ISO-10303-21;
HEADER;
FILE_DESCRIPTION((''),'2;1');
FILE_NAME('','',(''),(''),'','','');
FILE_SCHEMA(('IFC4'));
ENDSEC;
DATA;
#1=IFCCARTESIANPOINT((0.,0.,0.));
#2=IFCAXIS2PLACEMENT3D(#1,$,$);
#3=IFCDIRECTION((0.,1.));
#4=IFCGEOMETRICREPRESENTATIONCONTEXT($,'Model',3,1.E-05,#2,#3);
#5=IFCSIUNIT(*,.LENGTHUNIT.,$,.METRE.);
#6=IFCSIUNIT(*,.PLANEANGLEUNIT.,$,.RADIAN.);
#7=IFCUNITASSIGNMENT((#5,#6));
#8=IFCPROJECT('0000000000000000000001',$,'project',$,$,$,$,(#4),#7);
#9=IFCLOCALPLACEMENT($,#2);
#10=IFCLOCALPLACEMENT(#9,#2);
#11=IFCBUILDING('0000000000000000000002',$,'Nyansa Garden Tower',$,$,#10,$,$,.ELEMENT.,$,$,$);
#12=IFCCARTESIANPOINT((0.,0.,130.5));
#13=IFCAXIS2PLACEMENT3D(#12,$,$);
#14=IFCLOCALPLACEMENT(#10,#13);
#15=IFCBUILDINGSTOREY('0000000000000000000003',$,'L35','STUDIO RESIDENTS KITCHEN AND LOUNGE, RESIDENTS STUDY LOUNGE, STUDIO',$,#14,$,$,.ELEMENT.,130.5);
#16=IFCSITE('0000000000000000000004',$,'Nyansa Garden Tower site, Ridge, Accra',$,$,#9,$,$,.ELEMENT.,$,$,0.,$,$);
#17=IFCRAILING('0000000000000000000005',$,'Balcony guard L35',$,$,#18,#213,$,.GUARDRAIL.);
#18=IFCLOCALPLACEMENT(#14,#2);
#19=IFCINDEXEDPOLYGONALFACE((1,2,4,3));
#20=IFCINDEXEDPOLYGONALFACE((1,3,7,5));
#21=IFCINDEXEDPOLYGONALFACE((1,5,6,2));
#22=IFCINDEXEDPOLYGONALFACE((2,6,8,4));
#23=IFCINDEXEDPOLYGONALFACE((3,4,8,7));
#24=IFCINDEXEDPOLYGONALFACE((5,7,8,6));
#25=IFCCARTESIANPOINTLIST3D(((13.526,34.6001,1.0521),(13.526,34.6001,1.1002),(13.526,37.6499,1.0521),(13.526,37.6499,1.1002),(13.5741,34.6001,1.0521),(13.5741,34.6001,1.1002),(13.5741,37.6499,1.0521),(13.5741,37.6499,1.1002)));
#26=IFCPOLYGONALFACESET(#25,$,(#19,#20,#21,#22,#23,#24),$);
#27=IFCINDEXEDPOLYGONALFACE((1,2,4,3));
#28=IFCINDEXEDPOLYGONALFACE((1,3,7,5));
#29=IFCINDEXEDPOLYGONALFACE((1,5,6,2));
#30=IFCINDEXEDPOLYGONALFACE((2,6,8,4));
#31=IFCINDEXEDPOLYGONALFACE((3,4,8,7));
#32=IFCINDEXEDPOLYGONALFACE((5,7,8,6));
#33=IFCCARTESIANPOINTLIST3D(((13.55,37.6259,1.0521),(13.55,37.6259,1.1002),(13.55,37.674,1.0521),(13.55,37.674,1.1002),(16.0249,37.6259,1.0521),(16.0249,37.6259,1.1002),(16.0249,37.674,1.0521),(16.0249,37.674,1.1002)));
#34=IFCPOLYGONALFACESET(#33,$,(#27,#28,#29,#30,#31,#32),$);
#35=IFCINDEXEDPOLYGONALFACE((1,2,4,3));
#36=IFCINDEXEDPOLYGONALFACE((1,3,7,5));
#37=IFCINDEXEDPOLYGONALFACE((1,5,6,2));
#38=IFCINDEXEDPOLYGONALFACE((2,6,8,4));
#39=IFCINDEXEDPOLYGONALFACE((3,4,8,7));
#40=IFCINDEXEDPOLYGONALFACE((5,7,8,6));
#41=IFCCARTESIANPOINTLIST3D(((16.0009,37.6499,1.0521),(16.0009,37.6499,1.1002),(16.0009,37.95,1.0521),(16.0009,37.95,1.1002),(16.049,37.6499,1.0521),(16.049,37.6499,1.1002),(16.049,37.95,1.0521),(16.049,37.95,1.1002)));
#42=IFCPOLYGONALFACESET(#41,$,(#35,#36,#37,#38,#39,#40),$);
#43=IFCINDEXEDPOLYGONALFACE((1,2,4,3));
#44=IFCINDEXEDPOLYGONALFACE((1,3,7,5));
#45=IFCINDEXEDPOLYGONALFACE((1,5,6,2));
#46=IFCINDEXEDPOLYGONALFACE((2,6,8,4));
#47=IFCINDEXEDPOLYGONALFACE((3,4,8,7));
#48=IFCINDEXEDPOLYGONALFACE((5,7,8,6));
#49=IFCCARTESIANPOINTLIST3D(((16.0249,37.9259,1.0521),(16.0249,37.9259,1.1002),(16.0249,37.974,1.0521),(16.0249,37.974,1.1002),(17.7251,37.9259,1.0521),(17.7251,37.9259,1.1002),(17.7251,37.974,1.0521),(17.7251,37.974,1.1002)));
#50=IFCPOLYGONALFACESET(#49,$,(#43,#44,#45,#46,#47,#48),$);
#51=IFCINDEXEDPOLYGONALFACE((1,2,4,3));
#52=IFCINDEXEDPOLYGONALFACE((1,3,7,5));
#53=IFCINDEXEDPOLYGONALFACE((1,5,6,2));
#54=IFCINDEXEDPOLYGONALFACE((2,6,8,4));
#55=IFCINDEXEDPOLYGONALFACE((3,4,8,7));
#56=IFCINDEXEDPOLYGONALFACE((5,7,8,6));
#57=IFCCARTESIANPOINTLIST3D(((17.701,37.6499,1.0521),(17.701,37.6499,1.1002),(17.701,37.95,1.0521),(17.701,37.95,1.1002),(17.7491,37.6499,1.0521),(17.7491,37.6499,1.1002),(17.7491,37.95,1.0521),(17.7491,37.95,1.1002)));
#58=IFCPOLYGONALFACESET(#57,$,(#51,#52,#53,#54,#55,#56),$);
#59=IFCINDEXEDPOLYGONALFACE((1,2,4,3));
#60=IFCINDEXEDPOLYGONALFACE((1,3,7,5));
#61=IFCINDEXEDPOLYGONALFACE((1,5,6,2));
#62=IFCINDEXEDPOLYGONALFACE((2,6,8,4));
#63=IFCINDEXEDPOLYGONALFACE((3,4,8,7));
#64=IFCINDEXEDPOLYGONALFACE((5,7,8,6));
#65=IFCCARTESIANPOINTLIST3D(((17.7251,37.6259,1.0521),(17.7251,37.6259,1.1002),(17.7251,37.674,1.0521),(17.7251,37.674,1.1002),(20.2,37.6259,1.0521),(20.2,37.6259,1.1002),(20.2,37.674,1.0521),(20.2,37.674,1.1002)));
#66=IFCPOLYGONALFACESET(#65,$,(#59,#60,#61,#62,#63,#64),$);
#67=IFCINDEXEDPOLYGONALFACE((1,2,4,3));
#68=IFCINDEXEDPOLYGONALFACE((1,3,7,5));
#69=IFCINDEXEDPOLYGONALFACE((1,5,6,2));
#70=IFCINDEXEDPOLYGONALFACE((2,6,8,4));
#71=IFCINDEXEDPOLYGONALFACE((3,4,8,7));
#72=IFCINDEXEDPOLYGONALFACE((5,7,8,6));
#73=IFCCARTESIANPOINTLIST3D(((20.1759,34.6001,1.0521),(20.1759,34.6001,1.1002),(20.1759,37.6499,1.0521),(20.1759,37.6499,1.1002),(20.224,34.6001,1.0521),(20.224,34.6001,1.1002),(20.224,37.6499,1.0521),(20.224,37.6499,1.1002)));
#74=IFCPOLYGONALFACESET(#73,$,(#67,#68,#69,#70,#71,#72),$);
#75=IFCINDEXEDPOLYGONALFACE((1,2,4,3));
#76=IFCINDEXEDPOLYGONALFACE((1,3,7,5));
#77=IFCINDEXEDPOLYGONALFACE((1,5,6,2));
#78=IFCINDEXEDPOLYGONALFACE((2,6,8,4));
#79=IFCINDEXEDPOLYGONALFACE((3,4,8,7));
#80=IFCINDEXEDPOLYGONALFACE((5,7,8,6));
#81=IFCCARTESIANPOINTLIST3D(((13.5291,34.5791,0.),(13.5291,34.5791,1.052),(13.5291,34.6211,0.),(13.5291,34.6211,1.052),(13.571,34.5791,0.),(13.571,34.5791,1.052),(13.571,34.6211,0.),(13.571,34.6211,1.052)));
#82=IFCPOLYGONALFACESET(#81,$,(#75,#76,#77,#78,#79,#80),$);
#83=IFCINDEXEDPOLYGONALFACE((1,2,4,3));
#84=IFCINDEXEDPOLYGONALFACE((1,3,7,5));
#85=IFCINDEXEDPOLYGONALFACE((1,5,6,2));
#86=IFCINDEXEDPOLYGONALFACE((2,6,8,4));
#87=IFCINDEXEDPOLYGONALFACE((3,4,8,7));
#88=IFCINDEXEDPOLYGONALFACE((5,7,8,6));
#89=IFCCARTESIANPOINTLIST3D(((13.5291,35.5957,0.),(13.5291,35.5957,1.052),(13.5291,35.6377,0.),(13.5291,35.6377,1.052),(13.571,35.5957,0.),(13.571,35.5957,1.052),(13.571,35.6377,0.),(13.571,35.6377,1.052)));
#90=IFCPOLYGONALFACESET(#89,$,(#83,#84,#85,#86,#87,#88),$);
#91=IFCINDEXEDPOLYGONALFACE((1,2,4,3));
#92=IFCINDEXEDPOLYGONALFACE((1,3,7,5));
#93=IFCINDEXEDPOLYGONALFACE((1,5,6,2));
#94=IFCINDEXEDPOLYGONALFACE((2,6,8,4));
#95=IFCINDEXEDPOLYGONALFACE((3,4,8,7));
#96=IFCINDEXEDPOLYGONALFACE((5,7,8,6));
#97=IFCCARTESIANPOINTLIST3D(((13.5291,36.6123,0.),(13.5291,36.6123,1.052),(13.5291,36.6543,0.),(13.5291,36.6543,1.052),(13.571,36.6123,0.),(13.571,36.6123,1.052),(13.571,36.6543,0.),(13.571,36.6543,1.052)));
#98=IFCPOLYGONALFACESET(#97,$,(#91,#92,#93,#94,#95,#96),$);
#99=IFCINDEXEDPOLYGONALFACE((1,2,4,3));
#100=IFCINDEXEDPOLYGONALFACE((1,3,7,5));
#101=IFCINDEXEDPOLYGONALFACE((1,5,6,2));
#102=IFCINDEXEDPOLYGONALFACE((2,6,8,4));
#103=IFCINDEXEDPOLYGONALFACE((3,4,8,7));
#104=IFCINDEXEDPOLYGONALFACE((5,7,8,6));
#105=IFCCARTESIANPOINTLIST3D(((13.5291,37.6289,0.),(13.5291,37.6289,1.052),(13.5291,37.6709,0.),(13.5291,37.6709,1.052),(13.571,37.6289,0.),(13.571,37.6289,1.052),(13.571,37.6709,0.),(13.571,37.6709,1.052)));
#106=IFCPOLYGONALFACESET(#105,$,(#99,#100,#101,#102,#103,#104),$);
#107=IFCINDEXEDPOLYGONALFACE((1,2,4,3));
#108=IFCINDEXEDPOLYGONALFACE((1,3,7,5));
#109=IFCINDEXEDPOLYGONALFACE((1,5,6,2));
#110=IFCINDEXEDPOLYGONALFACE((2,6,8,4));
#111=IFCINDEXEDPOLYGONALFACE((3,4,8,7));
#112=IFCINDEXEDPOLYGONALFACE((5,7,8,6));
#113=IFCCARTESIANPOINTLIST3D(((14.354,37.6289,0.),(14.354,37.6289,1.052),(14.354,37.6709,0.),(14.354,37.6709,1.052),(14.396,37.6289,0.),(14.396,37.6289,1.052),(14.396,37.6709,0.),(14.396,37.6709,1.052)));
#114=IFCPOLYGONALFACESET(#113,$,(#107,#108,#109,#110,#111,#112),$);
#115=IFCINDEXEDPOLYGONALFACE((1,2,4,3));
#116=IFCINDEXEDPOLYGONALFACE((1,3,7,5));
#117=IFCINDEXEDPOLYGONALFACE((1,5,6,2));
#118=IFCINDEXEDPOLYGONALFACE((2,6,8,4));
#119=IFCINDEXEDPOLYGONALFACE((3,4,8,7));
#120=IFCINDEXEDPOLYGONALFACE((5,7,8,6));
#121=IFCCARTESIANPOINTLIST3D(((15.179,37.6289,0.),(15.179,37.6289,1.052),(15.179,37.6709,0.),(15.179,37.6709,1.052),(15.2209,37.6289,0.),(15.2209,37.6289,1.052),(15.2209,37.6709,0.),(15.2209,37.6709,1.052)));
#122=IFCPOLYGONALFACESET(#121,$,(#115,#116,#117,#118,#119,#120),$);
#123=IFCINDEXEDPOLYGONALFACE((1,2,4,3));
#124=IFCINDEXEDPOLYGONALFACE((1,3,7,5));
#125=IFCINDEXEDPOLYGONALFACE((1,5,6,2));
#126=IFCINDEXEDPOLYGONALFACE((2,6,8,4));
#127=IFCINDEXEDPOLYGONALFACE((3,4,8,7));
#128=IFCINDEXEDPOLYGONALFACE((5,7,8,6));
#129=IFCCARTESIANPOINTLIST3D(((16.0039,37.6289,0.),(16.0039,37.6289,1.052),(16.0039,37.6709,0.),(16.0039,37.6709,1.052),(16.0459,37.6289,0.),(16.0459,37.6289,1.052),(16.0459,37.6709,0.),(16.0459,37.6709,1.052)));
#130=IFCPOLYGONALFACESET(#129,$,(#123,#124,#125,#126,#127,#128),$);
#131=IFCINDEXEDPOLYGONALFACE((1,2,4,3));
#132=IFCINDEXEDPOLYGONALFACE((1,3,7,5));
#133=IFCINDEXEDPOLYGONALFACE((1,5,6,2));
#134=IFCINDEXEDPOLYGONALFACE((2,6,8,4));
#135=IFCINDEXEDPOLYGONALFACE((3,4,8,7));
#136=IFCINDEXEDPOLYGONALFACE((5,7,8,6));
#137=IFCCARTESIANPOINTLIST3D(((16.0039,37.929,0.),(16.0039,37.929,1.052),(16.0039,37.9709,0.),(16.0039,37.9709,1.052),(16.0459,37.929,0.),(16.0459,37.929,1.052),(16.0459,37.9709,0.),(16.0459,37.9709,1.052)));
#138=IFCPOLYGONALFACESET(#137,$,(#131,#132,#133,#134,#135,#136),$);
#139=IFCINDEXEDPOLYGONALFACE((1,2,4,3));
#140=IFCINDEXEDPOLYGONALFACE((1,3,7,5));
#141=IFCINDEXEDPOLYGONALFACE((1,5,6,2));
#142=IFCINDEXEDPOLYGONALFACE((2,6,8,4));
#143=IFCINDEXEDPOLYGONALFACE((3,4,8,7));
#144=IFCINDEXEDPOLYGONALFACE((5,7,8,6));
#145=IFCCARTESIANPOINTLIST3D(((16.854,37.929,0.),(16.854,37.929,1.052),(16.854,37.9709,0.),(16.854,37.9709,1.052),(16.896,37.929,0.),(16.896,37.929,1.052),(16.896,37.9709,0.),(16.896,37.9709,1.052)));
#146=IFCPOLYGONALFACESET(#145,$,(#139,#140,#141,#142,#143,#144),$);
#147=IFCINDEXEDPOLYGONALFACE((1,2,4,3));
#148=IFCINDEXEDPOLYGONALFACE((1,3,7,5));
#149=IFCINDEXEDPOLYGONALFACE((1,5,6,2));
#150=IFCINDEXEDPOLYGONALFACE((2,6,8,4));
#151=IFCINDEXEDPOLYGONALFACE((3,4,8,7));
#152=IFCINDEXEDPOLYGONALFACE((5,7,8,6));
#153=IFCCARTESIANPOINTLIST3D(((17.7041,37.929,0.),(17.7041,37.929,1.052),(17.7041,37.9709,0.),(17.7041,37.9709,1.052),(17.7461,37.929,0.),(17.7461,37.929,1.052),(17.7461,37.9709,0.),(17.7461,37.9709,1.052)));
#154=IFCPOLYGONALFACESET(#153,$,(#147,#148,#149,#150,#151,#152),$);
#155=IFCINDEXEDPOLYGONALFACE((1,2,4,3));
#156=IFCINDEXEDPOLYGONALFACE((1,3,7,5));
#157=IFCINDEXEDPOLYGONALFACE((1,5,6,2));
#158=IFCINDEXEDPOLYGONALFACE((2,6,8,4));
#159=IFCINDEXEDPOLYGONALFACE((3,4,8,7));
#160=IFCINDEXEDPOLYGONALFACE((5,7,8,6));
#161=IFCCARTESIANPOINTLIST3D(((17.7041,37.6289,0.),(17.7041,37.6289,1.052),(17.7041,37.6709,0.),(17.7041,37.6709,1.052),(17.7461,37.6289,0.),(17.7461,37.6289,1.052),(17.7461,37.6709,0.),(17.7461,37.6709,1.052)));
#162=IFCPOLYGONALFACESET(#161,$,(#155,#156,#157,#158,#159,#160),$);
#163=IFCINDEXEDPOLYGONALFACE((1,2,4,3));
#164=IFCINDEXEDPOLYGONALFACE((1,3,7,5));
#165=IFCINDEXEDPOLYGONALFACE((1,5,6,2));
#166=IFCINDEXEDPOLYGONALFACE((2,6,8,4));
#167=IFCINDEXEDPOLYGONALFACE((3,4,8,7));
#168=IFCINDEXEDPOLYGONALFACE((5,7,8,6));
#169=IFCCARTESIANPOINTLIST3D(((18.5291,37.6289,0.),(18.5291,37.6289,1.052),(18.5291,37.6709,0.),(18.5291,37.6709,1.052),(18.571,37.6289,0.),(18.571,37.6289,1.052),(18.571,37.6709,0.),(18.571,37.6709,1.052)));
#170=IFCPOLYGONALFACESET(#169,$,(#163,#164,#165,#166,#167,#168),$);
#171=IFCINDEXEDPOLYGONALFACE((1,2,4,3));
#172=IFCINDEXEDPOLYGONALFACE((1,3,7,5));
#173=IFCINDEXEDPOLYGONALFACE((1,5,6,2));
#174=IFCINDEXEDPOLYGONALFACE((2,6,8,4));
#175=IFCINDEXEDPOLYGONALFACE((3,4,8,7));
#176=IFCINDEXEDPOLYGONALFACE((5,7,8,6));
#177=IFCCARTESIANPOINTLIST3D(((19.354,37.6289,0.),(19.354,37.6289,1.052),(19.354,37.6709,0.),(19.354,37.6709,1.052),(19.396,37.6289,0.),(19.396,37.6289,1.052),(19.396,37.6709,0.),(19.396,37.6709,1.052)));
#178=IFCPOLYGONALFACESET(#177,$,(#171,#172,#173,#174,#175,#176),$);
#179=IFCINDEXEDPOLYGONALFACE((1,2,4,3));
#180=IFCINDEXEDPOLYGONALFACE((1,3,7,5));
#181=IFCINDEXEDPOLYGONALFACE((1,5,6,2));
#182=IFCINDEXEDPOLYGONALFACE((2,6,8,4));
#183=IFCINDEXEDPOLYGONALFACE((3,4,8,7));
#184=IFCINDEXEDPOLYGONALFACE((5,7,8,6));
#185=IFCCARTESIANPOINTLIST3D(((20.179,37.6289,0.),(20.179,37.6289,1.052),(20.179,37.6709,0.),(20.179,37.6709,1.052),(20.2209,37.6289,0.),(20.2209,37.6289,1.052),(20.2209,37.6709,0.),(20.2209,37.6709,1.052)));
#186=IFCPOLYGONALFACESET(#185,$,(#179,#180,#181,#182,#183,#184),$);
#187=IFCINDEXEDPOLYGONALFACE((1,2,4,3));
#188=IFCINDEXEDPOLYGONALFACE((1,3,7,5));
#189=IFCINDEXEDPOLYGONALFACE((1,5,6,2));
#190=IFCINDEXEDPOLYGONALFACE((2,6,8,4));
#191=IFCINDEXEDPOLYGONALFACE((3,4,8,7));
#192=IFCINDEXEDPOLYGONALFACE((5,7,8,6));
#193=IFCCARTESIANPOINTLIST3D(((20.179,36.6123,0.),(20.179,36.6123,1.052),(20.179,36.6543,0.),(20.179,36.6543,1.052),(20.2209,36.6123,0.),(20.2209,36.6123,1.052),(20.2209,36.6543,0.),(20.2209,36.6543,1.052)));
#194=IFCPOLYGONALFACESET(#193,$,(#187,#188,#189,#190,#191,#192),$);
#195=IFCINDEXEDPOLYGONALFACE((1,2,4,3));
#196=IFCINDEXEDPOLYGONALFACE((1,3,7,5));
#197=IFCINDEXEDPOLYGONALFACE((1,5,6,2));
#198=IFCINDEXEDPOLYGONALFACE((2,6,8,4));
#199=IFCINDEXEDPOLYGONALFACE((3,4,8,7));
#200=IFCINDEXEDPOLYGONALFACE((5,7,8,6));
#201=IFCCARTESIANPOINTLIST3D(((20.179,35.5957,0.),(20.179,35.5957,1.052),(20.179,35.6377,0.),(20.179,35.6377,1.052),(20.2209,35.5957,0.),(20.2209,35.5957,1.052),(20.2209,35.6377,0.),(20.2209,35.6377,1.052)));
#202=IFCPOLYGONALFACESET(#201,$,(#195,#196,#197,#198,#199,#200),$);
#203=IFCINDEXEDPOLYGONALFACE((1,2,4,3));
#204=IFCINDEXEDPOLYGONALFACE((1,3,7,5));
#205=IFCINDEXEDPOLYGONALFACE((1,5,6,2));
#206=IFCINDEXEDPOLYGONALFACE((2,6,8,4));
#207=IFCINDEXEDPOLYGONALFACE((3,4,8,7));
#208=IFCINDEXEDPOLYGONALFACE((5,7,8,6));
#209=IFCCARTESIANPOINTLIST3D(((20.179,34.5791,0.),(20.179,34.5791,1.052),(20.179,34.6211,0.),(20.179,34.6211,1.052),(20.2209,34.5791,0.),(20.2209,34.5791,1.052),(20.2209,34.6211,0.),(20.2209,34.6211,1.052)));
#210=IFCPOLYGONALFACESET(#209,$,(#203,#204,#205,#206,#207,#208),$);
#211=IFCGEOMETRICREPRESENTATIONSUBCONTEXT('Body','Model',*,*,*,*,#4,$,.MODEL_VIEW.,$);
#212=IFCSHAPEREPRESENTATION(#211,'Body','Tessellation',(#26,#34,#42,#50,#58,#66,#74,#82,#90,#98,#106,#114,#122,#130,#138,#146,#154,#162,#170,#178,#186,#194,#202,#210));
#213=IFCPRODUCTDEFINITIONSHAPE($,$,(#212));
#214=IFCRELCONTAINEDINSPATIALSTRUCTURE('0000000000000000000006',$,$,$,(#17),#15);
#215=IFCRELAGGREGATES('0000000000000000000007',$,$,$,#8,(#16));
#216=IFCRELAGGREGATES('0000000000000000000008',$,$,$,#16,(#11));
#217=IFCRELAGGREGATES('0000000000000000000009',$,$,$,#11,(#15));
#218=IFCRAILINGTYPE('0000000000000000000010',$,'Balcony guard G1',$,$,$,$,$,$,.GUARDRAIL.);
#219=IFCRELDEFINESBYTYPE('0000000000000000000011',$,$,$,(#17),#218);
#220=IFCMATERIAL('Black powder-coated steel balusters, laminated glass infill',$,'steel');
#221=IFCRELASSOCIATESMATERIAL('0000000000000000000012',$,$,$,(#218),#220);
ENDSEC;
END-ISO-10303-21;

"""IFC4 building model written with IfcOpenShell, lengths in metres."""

from ifc_helpers import new_model, si_unit, direction, frame, origin, origin_2d, place, context, subcontext, project, spatial, rectangle, extrude, material, type_object, element, save


model = new_model("IFC4")

# Units and contexts
model_context = context("Model", 3, precision=1e-05, world=origin(), true_north=direction((0.0, 1.0)))
body_context = subcontext(model_context, "Body", "Model", "MODEL_VIEW")
ifc_project = project(units=[si_unit("LENGTHUNIT", "METRE"), si_unit("PLANEANGLEUNIT", "RADIAN")], contexts=[model_context])

# Site, building, storey
site_placement = place(None, origin())
site = spatial("IfcSite", under=ifc_project, at=site_placement, Name="Nyansa Garden Tower site, Ridge, Accra", CompositionType="ELEMENT", RefElevation=0.0)
building_placement = place(site_placement, origin())
building = spatial("IfcBuilding", under=site, at=building_placement, Name="Nyansa Garden Tower", CompositionType="ELEMENT")
storey_placement = place(building_placement, frame((0.0, 0.0, 130.5)))
storey = spatial("IfcBuildingStorey", under=building, at=storey_placement, Name="L35", Description="STUDIO RESIDENTS KITCHEN AND LOUNGE, RESIDENTS STUDY LOUNGE, STUDIO", CompositionType="ELEMENT", Elevation=130.5)

# Railing
ifc_material_1 = material(Name="Black powder-coated steel balusters, laminated glass infill", Category="steel")
railing_type = type_object("IfcRailingType", Name="Balcony guard G1", PredefinedType="GUARDRAIL", material=ifc_material_1)
railing_placement = place(storey_placement, frame((13.55, 34.6001, 0.0)))
element("IfcRailing", 1, at=railing_placement, inside=storey, type_object=railing_type, Name="Balcony guard L35", PredefinedType="GUARDRAIL", context=body_context, shape_type="SweptSolid", body=[
    extrude(rectangle(XDim=0.0481, YDim=0.0481, at=origin_2d()), frame((0.0, 0.0, 1.0762), z_axis=(0.0, 1.0, 0.0), x_axis=(-1.0, 0.0, 0.0)), (0.0, 0.0, 1.0), 3.0498),
    extrude(rectangle(XDim=0.0481, YDim=0.0481, at=origin_2d()), frame((0.0, 3.0498, 1.0762), z_axis=(1.0, 0.0, 0.0), x_axis=(0.0, 1.0, 0.0)), (0.0, 0.0, 1.0), 2.4749),
    extrude(rectangle(XDim=0.0481, YDim=0.0481, at=origin_2d()), frame((2.4749, 3.0498, 1.0762), z_axis=(0.0, 1.0, 0.0), x_axis=(-1.0, 0.0, 0.0)), (0.0, 0.0, 1.0), 0.3),
    extrude(rectangle(XDim=0.0481, YDim=0.0481, at=origin_2d()), frame((2.4749, 3.3499, 1.0762), z_axis=(1.0, 0.0, 0.0), x_axis=(0.0, 1.0, 0.0)), (0.0, 0.0, 1.0), 1.7002),
    extrude(rectangle(XDim=0.0481, YDim=0.0481, at=origin_2d()), frame((4.175, 3.3499, 1.0762), z_axis=(0.0, -1.0, 0.0), x_axis=(1.0, 0.0, 0.0)), (0.0, 0.0, 1.0), 0.3),
    extrude(rectangle(XDim=0.0481, YDim=0.0481, at=origin_2d()), frame((4.175, 3.0498, 1.0762), z_axis=(1.0, 0.0, 0.0), x_axis=(0.0, 1.0, 0.0)), (0.0, 0.0, 1.0), 2.4749),
    extrude(rectangle(XDim=0.0481, YDim=0.0481, at=origin_2d()), frame((6.6499, 3.0498, 1.0762), z_axis=(0.0, -1.0, 0.0), x_axis=(1.0, 0.0, 0.0)), (0.0, 0.0, 1.0), 3.0498),
    extrude(rectangle(XDim=0.042, YDim=0.042, at=origin_2d()), origin(), (0.0, 0.0, 1.0), 1.052),
    extrude(rectangle(XDim=0.042, YDim=0.042, at=origin_2d()), frame((0.0, 1.0166, 0.0)), (0.0, 0.0, 1.0), 1.052),
    extrude(rectangle(XDim=0.042, YDim=0.042, at=origin_2d()), frame((0.0, 2.0332, 0.0)), (0.0, 0.0, 1.0), 1.052),
    extrude(rectangle(XDim=0.042, YDim=0.042, at=origin_2d()), frame((0.0, 3.0498, 0.0)), (0.0, 0.0, 1.0), 1.052),
    extrude(rectangle(XDim=0.042, YDim=0.042, at=origin_2d()), frame((0.825, 3.0498, 0.0)), (0.0, 0.0, 1.0), 1.052),
    extrude(rectangle(XDim=0.042, YDim=0.042, at=origin_2d()), frame((1.6499, 3.0498, 0.0)), (0.0, 0.0, 1.0), 1.052),
    extrude(rectangle(XDim=0.042, YDim=0.042, at=origin_2d()), frame((2.4749, 3.0498, 0.0)), (0.0, 0.0, 1.0), 1.052),
    extrude(rectangle(XDim=0.042, YDim=0.042, at=origin_2d()), frame((2.4749, 3.3499, 0.0)), (0.0, 0.0, 1.0), 1.052),
    extrude(rectangle(XDim=0.042, YDim=0.042, at=origin_2d()), frame((3.325, 3.3499, 0.0)), (0.0, 0.0, 1.0), 1.052),
    extrude(rectangle(XDim=0.042, YDim=0.042, at=origin_2d()), frame((4.175, 3.3499, 0.0)), (0.0, 0.0, 1.0), 1.052),
    extrude(rectangle(XDim=0.042, YDim=0.042, at=origin_2d()), frame((4.175, 3.0498, 0.0)), (0.0, 0.0, 1.0), 1.052),
    extrude(rectangle(XDim=0.042, YDim=0.042, at=origin_2d()), frame((5.0, 3.0498, 0.0)), (0.0, 0.0, 1.0), 1.052),
    extrude(rectangle(XDim=0.042, YDim=0.042, at=origin_2d()), frame((5.825, 3.0498, 0.0)), (0.0, 0.0, 1.0), 1.052),
    extrude(rectangle(XDim=0.042, YDim=0.042, at=origin_2d()), frame((6.6499, 3.0498, 0.0)), (0.0, 0.0, 1.0), 1.052),
    extrude(rectangle(XDim=0.042, YDim=0.042, at=origin_2d()), frame((6.6499, 2.0332, 0.0)), (0.0, 0.0, 1.0), 1.052),
    extrude(rectangle(XDim=0.042, YDim=0.042, at=origin_2d()), frame((6.6499, 1.0166, 0.0)), (0.0, 0.0, 1.0), 1.052),
    extrude(rectangle(XDim=0.042, YDim=0.042, at=origin_2d()), frame((6.6499, 0.0, 0.0)), (0.0, 0.0, 1.0), 1.052),
])

save(model, "model.ifc")
